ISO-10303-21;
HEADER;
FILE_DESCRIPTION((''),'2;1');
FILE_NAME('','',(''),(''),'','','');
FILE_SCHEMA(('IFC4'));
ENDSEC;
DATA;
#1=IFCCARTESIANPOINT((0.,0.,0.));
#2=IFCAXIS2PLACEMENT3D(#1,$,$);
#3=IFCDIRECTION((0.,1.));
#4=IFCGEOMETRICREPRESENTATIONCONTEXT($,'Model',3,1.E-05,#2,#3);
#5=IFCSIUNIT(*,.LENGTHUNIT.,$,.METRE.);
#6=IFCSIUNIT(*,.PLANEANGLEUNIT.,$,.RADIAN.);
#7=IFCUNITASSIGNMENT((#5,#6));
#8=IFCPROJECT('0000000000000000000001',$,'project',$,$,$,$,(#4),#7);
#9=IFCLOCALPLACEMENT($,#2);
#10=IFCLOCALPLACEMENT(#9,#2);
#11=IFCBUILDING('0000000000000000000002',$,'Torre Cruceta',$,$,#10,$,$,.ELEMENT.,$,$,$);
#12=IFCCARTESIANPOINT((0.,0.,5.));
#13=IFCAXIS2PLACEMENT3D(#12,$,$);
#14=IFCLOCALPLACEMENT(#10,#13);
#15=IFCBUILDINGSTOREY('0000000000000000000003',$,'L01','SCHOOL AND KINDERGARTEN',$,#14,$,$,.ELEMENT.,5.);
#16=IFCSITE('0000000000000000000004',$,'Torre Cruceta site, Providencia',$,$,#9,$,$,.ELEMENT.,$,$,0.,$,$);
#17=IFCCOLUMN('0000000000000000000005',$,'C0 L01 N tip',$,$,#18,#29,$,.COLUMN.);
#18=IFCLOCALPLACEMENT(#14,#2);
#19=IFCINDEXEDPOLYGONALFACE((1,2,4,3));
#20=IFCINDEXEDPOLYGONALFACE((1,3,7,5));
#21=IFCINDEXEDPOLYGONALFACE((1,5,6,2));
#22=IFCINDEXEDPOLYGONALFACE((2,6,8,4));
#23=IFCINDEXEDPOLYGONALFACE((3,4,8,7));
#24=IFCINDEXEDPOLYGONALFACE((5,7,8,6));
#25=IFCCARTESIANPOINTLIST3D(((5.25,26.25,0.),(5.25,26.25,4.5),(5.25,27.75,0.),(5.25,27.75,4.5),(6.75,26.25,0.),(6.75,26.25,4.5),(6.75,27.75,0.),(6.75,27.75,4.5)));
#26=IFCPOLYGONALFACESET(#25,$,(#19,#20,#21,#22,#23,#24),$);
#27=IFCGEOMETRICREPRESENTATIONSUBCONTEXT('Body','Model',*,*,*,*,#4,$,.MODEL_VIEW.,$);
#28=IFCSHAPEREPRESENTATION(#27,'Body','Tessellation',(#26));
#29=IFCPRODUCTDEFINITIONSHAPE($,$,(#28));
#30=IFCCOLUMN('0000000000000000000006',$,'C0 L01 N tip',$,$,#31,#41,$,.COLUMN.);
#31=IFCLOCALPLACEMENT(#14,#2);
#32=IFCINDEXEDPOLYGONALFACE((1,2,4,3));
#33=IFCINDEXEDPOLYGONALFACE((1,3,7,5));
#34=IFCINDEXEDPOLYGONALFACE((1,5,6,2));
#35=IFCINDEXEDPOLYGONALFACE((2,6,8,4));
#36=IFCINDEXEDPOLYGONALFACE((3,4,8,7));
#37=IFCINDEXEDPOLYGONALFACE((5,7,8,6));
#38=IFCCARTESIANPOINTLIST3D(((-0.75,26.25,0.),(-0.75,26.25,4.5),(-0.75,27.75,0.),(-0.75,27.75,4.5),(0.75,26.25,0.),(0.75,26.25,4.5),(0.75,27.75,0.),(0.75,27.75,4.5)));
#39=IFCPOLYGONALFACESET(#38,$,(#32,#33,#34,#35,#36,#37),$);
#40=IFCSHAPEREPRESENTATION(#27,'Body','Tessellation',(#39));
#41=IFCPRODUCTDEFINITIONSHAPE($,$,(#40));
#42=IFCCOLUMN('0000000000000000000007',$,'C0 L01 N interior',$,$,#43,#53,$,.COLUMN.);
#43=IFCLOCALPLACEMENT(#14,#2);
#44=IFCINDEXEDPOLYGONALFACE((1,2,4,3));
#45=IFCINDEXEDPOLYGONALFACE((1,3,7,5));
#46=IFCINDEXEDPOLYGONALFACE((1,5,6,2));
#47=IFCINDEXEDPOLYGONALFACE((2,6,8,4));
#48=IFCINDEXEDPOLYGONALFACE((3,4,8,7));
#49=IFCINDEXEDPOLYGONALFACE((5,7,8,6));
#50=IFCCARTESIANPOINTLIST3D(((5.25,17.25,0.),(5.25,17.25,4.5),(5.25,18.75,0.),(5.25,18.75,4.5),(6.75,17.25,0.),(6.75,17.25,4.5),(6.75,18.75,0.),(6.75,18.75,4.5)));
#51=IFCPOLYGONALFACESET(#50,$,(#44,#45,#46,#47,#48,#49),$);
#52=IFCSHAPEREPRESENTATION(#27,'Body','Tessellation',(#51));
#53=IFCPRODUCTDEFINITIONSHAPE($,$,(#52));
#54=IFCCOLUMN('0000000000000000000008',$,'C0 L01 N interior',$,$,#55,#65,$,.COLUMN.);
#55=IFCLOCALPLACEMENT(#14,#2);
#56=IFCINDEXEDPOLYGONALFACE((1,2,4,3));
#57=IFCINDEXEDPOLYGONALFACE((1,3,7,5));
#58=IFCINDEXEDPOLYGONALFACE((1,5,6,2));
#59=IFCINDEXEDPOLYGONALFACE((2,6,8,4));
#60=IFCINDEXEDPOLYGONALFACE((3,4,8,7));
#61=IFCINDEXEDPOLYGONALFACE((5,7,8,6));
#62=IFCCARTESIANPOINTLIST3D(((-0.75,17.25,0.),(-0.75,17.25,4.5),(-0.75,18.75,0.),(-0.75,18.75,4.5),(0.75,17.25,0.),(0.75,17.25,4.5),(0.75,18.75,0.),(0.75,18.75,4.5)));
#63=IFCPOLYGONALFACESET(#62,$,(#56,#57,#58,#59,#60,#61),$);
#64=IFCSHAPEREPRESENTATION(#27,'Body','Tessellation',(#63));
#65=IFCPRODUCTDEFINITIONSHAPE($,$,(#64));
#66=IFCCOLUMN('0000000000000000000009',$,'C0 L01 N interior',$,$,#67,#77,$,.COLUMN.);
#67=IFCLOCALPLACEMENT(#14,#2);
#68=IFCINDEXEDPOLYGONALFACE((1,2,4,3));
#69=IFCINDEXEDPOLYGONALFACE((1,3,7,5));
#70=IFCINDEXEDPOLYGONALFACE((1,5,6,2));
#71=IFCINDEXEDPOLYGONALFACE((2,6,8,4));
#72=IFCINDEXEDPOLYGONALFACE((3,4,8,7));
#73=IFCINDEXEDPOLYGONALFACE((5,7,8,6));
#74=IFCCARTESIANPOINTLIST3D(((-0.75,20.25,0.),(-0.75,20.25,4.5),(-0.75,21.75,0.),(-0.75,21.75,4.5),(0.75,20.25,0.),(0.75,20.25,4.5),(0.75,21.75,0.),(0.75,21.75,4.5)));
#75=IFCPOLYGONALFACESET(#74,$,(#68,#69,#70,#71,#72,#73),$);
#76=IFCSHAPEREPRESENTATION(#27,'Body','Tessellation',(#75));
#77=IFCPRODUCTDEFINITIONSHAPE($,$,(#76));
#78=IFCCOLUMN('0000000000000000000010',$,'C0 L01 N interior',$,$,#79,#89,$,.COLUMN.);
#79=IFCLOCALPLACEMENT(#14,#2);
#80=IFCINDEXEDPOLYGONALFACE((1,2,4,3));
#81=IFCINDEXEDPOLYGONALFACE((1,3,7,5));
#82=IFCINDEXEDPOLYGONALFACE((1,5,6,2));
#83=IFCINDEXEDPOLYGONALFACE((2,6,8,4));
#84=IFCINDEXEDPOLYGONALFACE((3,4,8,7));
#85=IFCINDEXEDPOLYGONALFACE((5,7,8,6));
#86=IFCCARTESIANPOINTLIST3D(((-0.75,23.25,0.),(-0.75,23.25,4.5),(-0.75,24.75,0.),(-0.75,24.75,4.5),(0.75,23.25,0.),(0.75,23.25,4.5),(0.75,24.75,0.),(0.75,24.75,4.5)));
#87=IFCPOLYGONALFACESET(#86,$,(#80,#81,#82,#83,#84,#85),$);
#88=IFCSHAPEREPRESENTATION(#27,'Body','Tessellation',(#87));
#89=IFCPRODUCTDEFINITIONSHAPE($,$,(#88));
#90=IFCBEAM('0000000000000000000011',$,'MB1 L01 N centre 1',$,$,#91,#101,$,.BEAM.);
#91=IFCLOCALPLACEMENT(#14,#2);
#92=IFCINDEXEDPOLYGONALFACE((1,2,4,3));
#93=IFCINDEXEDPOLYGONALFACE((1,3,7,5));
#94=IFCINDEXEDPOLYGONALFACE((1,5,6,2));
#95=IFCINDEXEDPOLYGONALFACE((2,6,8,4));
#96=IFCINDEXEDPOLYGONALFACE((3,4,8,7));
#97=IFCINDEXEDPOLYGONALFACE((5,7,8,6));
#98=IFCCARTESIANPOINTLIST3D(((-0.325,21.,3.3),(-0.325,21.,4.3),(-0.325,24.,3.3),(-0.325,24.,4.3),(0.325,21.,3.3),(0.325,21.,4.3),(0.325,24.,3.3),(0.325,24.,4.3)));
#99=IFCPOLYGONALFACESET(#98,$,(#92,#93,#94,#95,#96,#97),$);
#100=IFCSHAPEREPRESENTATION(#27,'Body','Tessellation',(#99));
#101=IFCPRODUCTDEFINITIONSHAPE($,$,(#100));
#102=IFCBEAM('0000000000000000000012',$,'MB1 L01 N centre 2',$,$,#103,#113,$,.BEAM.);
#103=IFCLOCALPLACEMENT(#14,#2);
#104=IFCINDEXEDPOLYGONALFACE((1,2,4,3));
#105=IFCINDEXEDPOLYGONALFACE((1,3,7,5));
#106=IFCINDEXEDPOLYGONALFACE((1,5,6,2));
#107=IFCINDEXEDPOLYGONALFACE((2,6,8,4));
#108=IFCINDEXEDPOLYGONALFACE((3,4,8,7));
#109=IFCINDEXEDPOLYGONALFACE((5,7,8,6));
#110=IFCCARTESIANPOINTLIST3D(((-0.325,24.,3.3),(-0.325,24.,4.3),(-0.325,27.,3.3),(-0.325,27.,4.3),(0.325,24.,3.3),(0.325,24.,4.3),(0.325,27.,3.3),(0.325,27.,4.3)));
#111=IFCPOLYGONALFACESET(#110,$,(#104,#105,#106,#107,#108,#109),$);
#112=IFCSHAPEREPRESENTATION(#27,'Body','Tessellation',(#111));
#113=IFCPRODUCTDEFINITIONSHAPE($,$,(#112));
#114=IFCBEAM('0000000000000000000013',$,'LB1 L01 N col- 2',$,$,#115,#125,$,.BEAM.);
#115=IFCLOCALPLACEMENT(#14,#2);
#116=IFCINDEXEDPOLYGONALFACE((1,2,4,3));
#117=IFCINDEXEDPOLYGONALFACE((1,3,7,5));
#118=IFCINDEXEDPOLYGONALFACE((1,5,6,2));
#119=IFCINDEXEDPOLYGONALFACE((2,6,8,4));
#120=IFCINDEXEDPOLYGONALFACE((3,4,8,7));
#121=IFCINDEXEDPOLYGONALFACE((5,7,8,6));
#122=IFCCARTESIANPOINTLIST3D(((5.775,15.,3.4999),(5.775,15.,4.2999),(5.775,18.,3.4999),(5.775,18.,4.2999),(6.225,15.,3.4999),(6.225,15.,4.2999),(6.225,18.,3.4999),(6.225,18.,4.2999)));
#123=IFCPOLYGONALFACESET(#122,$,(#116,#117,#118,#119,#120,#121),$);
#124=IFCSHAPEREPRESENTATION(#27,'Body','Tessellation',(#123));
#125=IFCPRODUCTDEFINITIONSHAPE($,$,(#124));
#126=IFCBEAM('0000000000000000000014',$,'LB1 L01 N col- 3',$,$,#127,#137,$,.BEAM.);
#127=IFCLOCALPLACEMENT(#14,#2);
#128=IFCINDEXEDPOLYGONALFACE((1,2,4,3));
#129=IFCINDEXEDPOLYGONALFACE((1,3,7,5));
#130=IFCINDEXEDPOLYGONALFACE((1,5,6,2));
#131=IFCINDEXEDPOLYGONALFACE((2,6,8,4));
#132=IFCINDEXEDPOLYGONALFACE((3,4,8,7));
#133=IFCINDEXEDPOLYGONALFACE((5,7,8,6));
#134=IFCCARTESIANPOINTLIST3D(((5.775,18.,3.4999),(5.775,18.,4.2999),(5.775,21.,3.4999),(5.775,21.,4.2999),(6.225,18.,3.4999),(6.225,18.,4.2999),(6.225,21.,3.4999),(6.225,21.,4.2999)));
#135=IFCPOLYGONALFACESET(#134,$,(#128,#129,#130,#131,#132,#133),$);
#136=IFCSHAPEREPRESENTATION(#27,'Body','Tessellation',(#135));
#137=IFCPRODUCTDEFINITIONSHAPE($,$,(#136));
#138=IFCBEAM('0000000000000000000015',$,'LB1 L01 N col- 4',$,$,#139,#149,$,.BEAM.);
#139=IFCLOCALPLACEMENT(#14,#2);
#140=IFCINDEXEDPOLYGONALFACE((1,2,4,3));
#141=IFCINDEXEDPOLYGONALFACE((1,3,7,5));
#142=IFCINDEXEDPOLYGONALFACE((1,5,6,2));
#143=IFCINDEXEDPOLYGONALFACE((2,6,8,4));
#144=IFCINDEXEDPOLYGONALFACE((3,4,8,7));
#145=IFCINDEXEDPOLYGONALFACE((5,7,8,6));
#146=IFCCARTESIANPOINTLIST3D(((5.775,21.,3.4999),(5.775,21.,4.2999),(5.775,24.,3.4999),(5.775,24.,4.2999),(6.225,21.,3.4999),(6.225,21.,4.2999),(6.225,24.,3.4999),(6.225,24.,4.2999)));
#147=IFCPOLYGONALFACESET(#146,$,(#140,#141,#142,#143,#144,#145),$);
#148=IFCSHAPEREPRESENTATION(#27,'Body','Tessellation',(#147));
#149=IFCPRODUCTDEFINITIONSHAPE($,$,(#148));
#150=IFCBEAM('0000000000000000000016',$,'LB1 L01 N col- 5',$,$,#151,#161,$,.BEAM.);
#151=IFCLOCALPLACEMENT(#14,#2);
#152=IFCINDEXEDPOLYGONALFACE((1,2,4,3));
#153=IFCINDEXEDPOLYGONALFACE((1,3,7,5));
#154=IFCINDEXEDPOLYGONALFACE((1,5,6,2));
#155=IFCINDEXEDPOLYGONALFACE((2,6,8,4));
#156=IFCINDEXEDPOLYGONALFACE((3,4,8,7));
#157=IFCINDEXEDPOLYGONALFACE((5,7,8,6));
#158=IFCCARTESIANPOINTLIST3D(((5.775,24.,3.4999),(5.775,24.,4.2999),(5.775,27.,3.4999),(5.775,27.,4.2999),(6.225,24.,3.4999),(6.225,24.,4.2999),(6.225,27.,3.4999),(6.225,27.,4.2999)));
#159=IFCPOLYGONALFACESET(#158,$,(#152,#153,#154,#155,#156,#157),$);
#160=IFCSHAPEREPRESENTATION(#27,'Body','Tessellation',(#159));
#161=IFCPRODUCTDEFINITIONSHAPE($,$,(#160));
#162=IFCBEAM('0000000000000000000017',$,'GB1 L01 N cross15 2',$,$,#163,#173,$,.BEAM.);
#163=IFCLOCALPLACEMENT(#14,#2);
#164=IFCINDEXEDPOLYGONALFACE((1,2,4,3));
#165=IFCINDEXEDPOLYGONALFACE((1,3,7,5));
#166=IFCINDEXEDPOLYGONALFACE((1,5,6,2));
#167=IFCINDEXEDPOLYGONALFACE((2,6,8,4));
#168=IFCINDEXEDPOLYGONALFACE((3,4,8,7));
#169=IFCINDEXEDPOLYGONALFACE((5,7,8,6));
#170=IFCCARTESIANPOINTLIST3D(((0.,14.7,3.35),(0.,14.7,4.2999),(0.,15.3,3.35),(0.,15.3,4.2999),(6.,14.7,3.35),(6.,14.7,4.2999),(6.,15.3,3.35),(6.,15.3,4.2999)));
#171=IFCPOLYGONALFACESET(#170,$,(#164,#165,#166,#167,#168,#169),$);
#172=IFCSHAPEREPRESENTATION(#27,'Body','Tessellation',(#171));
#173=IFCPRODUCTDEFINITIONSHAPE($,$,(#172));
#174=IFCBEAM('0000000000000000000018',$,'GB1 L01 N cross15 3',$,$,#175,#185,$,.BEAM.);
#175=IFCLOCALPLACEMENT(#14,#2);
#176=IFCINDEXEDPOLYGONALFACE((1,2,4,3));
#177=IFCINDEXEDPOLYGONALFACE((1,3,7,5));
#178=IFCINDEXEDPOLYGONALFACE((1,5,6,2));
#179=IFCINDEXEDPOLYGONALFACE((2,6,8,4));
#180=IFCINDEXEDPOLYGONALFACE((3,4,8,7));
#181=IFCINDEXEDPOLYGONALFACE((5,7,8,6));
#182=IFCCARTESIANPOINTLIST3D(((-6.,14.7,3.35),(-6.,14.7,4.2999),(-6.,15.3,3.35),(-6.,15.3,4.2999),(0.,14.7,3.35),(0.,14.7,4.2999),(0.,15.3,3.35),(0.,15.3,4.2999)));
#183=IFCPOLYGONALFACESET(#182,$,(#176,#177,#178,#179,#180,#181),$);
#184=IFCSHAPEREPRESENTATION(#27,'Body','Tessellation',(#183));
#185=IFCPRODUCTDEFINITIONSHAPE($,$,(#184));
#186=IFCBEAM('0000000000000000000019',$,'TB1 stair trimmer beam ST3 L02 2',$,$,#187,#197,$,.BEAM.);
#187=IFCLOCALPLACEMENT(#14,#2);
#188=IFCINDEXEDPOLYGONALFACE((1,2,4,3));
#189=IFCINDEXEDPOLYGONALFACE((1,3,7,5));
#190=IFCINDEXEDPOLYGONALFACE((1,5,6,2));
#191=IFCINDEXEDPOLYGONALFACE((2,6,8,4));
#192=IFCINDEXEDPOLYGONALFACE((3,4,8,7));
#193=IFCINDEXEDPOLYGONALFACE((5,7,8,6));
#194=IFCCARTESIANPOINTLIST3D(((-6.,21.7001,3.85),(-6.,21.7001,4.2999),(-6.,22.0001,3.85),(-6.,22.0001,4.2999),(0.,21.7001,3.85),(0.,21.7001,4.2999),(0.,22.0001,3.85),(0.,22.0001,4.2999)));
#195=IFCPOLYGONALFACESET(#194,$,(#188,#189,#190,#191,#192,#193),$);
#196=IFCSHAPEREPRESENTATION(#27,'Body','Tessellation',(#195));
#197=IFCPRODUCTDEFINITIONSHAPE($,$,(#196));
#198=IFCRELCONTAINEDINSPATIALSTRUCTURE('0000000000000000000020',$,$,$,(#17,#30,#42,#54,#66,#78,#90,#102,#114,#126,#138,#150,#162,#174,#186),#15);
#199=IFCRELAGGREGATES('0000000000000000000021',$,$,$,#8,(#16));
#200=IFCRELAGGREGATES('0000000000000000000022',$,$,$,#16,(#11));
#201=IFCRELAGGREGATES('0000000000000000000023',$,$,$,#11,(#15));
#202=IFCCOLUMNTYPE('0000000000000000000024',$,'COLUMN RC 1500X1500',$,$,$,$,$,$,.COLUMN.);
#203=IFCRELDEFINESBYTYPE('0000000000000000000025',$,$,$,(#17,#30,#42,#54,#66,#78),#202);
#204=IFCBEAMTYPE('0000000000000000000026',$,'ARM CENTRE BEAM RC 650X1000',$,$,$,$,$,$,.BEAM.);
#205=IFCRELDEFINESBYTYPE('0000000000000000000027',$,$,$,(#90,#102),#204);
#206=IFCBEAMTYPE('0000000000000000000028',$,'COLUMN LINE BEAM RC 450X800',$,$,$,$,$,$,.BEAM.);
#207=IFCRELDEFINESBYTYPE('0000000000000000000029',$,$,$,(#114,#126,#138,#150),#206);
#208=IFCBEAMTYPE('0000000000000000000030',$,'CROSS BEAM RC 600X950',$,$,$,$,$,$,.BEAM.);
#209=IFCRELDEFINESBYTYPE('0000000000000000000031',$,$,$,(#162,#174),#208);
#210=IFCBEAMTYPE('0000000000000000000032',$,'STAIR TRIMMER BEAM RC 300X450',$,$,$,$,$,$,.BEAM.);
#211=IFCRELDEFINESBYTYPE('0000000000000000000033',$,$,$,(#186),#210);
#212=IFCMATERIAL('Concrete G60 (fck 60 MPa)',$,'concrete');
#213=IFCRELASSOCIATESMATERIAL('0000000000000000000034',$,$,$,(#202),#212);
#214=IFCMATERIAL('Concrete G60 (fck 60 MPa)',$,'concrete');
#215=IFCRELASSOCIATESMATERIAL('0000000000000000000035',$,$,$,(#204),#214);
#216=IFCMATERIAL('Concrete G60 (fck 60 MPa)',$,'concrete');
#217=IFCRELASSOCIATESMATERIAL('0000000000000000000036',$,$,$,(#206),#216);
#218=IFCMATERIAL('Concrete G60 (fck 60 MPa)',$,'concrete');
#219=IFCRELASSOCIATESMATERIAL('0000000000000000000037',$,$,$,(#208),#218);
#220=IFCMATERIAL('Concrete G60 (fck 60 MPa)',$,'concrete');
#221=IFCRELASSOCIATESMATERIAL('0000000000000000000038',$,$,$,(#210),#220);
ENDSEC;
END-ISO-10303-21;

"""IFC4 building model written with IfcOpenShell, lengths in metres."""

from ifc_helpers import new_model, si_unit, direction, frame, origin, origin_2d, place, context, subcontext, project, spatial, rectangle, extrude, material, material_profile, profile_set, type_object, element, save


model = new_model("IFC4")

# Units and contexts
model_context = context("Model", 3, precision=1e-05, world=origin(), true_north=direction((0.0, 1.0)))
body_context = subcontext(model_context, "Body", "Model", "MODEL_VIEW")
ifc_project = project(units=[si_unit("LENGTHUNIT", "METRE"), si_unit("PLANEANGLEUNIT", "RADIAN")], contexts=[model_context])

# Site, building, storey
site_placement = place(None, origin())
site = spatial("IfcSite", under=ifc_project, at=site_placement, Name="Torre Cruceta site, Providencia", CompositionType="ELEMENT", RefElevation=0.0)
building_placement = place(site_placement, origin())
building = spatial("IfcBuilding", under=site, at=building_placement, Name="Torre Cruceta", CompositionType="ELEMENT")
storey_placement = place(building_placement, frame((0.0, 0.0, 5.0)))
storey = spatial("IfcBuildingStorey", under=building, at=storey_placement, Name="L01", Description="SCHOOL AND KINDERGARTEN", CompositionType="ELEMENT", Elevation=5.0)

# Columns
ifc_material_1 = material(Name="Concrete G60 (fck 60 MPa)", Category="concrete")
ifc_material_profile_1 = material_profile(ifc_material_1, rectangle(XDim=1.5, YDim=1.5, at=origin_2d()), Name="RC 1500X1500")
ifc_profile_set_1 = profile_set([ifc_material_profile_1], Name="Concrete G60 (fck 60 MPa)")
column_type = type_object("IfcColumnType", Name="COLUMN RC 1500X1500", PredefinedType="COLUMN", material=ifc_profile_set_1)
for number, where, z_axis, x_axis, name in (
    (1, (6.0, 27.0, 0.0), (0.0, 0.0, 1.0), (1.0, 0.0, 0.0), "C0 L01 N tip"),
    (2, (0.0, 27.0, 0.0), (0.0, 0.0, 1.0), (1.0, 0.0, 0.0), "C0 L01 N tip"),
    (3, (6.0, 18.0, 0.0), (0.0, 0.0, 1.0), (1.0, 0.0, 0.0), "C0 L01 N interior"),
    (4, (0.0, 18.0, 0.0), (0.0, 0.0, 1.0), (1.0, 0.0, 0.0), "C0 L01 N interior"),
    (5, (0.0, 21.0, 0.0), (0.0, 0.0, 1.0), (1.0, 0.0, 0.0), "C0 L01 N interior"),
    (6, (0.0, 24.0, 0.0), (0.0, 0.0, 1.0), (1.0, 0.0, 0.0), "C0 L01 N interior"),
):
    element("IfcColumn", number, at=place(storey_placement, frame(where, z_axis=z_axis, x_axis=x_axis)), inside=storey, type_object=column_type, Name=name, PredefinedType="COLUMN", context=body_context, shape_type="SweptSolid", body=[
        extrude(rectangle(XDim=1.5, YDim=1.5, at=origin_2d()), origin(), (0.0, 0.0, 1.0), 4.5),
    ])

# Beams
ifc_material_2 = material(Name="Concrete G60 (fck 60 MPa)", Category="concrete")
ifc_material_profile_2 = material_profile(ifc_material_2, rectangle(XDim=0.6499, YDim=1.0, at=origin_2d()), Name="RC 650X1000")
ifc_profile_set_2 = profile_set([ifc_material_profile_2], Name="Concrete G60 (fck 60 MPa)")
beam_type_1 = type_object("IfcBeamType", Name="ARM CENTRE BEAM RC 650X1000", PredefinedType="BEAM", material=ifc_profile_set_2)
for number, where, z_axis, x_axis, name in (
    (7, (0.0, 21.0, 3.8), (0.0, 1.0, 0.0), (-1.0, 0.0, 0.0), "MB1 L01 N centre 1"),
    (8, (0.0, 24.0, 3.8), (0.0, 1.0, 0.0), (-1.0, 0.0, 0.0), "MB1 L01 N centre 2"),
):
    element("IfcBeam", number, at=place(storey_placement, frame(where, z_axis=z_axis, x_axis=x_axis)), inside=storey, type_object=beam_type_1, Name=name, PredefinedType="BEAM", context=body_context, shape_type="SweptSolid", body=[
        extrude(rectangle(XDim=0.6499, YDim=1.0, at=origin_2d()), origin(), (0.0, 0.0, 1.0), 3.0),
    ])
ifc_material_3 = material(Name="Concrete G60 (fck 60 MPa)", Category="concrete")
ifc_material_profile_3 = material_profile(ifc_material_3, rectangle(XDim=0.45, YDim=0.8, at=origin_2d()), Name="RC 450X800")
ifc_profile_set_3 = profile_set([ifc_material_profile_3], Name="Concrete G60 (fck 60 MPa)")
beam_type_2 = type_object("IfcBeamType", Name="COLUMN LINE BEAM RC 450X800", PredefinedType="BEAM", material=ifc_profile_set_3)
for number, where, z_axis, x_axis, name in (
    (9, (6.0, 15.0, 3.8999), (0.0, 1.0, 0.0), (-1.0, 0.0, 0.0), "LB1 L01 N col- 2"),
    (10, (6.0, 18.0, 3.8999), (0.0, 1.0, 0.0), (-1.0, 0.0, 0.0), "LB1 L01 N col- 3"),
    (11, (6.0, 21.0, 3.8999), (0.0, 1.0, 0.0), (-1.0, 0.0, 0.0), "LB1 L01 N col- 4"),
    (12, (6.0, 24.0, 3.8999), (0.0, 1.0, 0.0), (-1.0, 0.0, 0.0), "LB1 L01 N col- 5"),
):
    element("IfcBeam", number, at=place(storey_placement, frame(where, z_axis=z_axis, x_axis=x_axis)), inside=storey, type_object=beam_type_2, Name=name, PredefinedType="BEAM", context=body_context, shape_type="SweptSolid", body=[
        extrude(rectangle(XDim=0.45, YDim=0.8, at=origin_2d()), origin(), (0.0, 0.0, 1.0), 3.0),
    ])
ifc_material_4 = material(Name="Concrete G60 (fck 60 MPa)", Category="concrete")
ifc_material_profile_4 = material_profile(ifc_material_4, rectangle(XDim=0.6001, YDim=0.95, at=origin_2d()), Name="RC 600X950")
ifc_profile_set_4 = profile_set([ifc_material_profile_4], Name="Concrete G60 (fck 60 MPa)")
beam_type_3 = type_object("IfcBeamType", Name="CROSS BEAM RC 600X950", PredefinedType="BEAM", material=ifc_profile_set_4)
for number, where, z_axis, x_axis, name in (
    (13, (6.0, 15.0, 3.825), (-1.0, 0.0, 0.0), (0.0, -1.0, 0.0), "GB1 L01 N cross15 2"),
    (14, (0.0, 15.0, 3.825), (-1.0, 0.0, 0.0), (0.0, -1.0, 0.0), "GB1 L01 N cross15 3"),
):
    element("IfcBeam", number, at=place(storey_placement, frame(where, z_axis=z_axis, x_axis=x_axis)), inside=storey, type_object=beam_type_3, Name=name, PredefinedType="BEAM", context=body_context, shape_type="SweptSolid", body=[
        extrude(rectangle(XDim=0.6001, YDim=0.95, at=origin_2d()), origin(), (0.0, 0.0, 1.0), 6.0),
    ])
ifc_material_5 = material(Name="Concrete G60 (fck 60 MPa)", Category="concrete")
ifc_material_profile_5 = material_profile(ifc_material_5, rectangle(XDim=0.3, YDim=0.45, at=origin_2d()), Name="RC 300X450")
ifc_profile_set_5 = profile_set([ifc_material_profile_5], Name="Concrete G60 (fck 60 MPa)")
beam_type_4 = type_object("IfcBeamType", Name="STAIR TRIMMER BEAM RC 300X450", PredefinedType="BEAM", material=ifc_profile_set_5)
beam_placement = place(storey_placement, frame((0.0, 21.8501, 4.075), z_axis=(-1.0, 0.0, 0.0), x_axis=(0.0, -1.0, 0.0)))
element("IfcBeam", 15, at=beam_placement, inside=storey, type_object=beam_type_4, Name="TB1 stair trimmer beam ST3 L02 2", PredefinedType="BEAM", context=body_context, shape_type="SweptSolid", body=[
    extrude(rectangle(XDim=0.3, YDim=0.45, at=origin_2d()), origin(), (0.0, 0.0, 1.0), 6.0),
])

save(model, "model.ifc")
